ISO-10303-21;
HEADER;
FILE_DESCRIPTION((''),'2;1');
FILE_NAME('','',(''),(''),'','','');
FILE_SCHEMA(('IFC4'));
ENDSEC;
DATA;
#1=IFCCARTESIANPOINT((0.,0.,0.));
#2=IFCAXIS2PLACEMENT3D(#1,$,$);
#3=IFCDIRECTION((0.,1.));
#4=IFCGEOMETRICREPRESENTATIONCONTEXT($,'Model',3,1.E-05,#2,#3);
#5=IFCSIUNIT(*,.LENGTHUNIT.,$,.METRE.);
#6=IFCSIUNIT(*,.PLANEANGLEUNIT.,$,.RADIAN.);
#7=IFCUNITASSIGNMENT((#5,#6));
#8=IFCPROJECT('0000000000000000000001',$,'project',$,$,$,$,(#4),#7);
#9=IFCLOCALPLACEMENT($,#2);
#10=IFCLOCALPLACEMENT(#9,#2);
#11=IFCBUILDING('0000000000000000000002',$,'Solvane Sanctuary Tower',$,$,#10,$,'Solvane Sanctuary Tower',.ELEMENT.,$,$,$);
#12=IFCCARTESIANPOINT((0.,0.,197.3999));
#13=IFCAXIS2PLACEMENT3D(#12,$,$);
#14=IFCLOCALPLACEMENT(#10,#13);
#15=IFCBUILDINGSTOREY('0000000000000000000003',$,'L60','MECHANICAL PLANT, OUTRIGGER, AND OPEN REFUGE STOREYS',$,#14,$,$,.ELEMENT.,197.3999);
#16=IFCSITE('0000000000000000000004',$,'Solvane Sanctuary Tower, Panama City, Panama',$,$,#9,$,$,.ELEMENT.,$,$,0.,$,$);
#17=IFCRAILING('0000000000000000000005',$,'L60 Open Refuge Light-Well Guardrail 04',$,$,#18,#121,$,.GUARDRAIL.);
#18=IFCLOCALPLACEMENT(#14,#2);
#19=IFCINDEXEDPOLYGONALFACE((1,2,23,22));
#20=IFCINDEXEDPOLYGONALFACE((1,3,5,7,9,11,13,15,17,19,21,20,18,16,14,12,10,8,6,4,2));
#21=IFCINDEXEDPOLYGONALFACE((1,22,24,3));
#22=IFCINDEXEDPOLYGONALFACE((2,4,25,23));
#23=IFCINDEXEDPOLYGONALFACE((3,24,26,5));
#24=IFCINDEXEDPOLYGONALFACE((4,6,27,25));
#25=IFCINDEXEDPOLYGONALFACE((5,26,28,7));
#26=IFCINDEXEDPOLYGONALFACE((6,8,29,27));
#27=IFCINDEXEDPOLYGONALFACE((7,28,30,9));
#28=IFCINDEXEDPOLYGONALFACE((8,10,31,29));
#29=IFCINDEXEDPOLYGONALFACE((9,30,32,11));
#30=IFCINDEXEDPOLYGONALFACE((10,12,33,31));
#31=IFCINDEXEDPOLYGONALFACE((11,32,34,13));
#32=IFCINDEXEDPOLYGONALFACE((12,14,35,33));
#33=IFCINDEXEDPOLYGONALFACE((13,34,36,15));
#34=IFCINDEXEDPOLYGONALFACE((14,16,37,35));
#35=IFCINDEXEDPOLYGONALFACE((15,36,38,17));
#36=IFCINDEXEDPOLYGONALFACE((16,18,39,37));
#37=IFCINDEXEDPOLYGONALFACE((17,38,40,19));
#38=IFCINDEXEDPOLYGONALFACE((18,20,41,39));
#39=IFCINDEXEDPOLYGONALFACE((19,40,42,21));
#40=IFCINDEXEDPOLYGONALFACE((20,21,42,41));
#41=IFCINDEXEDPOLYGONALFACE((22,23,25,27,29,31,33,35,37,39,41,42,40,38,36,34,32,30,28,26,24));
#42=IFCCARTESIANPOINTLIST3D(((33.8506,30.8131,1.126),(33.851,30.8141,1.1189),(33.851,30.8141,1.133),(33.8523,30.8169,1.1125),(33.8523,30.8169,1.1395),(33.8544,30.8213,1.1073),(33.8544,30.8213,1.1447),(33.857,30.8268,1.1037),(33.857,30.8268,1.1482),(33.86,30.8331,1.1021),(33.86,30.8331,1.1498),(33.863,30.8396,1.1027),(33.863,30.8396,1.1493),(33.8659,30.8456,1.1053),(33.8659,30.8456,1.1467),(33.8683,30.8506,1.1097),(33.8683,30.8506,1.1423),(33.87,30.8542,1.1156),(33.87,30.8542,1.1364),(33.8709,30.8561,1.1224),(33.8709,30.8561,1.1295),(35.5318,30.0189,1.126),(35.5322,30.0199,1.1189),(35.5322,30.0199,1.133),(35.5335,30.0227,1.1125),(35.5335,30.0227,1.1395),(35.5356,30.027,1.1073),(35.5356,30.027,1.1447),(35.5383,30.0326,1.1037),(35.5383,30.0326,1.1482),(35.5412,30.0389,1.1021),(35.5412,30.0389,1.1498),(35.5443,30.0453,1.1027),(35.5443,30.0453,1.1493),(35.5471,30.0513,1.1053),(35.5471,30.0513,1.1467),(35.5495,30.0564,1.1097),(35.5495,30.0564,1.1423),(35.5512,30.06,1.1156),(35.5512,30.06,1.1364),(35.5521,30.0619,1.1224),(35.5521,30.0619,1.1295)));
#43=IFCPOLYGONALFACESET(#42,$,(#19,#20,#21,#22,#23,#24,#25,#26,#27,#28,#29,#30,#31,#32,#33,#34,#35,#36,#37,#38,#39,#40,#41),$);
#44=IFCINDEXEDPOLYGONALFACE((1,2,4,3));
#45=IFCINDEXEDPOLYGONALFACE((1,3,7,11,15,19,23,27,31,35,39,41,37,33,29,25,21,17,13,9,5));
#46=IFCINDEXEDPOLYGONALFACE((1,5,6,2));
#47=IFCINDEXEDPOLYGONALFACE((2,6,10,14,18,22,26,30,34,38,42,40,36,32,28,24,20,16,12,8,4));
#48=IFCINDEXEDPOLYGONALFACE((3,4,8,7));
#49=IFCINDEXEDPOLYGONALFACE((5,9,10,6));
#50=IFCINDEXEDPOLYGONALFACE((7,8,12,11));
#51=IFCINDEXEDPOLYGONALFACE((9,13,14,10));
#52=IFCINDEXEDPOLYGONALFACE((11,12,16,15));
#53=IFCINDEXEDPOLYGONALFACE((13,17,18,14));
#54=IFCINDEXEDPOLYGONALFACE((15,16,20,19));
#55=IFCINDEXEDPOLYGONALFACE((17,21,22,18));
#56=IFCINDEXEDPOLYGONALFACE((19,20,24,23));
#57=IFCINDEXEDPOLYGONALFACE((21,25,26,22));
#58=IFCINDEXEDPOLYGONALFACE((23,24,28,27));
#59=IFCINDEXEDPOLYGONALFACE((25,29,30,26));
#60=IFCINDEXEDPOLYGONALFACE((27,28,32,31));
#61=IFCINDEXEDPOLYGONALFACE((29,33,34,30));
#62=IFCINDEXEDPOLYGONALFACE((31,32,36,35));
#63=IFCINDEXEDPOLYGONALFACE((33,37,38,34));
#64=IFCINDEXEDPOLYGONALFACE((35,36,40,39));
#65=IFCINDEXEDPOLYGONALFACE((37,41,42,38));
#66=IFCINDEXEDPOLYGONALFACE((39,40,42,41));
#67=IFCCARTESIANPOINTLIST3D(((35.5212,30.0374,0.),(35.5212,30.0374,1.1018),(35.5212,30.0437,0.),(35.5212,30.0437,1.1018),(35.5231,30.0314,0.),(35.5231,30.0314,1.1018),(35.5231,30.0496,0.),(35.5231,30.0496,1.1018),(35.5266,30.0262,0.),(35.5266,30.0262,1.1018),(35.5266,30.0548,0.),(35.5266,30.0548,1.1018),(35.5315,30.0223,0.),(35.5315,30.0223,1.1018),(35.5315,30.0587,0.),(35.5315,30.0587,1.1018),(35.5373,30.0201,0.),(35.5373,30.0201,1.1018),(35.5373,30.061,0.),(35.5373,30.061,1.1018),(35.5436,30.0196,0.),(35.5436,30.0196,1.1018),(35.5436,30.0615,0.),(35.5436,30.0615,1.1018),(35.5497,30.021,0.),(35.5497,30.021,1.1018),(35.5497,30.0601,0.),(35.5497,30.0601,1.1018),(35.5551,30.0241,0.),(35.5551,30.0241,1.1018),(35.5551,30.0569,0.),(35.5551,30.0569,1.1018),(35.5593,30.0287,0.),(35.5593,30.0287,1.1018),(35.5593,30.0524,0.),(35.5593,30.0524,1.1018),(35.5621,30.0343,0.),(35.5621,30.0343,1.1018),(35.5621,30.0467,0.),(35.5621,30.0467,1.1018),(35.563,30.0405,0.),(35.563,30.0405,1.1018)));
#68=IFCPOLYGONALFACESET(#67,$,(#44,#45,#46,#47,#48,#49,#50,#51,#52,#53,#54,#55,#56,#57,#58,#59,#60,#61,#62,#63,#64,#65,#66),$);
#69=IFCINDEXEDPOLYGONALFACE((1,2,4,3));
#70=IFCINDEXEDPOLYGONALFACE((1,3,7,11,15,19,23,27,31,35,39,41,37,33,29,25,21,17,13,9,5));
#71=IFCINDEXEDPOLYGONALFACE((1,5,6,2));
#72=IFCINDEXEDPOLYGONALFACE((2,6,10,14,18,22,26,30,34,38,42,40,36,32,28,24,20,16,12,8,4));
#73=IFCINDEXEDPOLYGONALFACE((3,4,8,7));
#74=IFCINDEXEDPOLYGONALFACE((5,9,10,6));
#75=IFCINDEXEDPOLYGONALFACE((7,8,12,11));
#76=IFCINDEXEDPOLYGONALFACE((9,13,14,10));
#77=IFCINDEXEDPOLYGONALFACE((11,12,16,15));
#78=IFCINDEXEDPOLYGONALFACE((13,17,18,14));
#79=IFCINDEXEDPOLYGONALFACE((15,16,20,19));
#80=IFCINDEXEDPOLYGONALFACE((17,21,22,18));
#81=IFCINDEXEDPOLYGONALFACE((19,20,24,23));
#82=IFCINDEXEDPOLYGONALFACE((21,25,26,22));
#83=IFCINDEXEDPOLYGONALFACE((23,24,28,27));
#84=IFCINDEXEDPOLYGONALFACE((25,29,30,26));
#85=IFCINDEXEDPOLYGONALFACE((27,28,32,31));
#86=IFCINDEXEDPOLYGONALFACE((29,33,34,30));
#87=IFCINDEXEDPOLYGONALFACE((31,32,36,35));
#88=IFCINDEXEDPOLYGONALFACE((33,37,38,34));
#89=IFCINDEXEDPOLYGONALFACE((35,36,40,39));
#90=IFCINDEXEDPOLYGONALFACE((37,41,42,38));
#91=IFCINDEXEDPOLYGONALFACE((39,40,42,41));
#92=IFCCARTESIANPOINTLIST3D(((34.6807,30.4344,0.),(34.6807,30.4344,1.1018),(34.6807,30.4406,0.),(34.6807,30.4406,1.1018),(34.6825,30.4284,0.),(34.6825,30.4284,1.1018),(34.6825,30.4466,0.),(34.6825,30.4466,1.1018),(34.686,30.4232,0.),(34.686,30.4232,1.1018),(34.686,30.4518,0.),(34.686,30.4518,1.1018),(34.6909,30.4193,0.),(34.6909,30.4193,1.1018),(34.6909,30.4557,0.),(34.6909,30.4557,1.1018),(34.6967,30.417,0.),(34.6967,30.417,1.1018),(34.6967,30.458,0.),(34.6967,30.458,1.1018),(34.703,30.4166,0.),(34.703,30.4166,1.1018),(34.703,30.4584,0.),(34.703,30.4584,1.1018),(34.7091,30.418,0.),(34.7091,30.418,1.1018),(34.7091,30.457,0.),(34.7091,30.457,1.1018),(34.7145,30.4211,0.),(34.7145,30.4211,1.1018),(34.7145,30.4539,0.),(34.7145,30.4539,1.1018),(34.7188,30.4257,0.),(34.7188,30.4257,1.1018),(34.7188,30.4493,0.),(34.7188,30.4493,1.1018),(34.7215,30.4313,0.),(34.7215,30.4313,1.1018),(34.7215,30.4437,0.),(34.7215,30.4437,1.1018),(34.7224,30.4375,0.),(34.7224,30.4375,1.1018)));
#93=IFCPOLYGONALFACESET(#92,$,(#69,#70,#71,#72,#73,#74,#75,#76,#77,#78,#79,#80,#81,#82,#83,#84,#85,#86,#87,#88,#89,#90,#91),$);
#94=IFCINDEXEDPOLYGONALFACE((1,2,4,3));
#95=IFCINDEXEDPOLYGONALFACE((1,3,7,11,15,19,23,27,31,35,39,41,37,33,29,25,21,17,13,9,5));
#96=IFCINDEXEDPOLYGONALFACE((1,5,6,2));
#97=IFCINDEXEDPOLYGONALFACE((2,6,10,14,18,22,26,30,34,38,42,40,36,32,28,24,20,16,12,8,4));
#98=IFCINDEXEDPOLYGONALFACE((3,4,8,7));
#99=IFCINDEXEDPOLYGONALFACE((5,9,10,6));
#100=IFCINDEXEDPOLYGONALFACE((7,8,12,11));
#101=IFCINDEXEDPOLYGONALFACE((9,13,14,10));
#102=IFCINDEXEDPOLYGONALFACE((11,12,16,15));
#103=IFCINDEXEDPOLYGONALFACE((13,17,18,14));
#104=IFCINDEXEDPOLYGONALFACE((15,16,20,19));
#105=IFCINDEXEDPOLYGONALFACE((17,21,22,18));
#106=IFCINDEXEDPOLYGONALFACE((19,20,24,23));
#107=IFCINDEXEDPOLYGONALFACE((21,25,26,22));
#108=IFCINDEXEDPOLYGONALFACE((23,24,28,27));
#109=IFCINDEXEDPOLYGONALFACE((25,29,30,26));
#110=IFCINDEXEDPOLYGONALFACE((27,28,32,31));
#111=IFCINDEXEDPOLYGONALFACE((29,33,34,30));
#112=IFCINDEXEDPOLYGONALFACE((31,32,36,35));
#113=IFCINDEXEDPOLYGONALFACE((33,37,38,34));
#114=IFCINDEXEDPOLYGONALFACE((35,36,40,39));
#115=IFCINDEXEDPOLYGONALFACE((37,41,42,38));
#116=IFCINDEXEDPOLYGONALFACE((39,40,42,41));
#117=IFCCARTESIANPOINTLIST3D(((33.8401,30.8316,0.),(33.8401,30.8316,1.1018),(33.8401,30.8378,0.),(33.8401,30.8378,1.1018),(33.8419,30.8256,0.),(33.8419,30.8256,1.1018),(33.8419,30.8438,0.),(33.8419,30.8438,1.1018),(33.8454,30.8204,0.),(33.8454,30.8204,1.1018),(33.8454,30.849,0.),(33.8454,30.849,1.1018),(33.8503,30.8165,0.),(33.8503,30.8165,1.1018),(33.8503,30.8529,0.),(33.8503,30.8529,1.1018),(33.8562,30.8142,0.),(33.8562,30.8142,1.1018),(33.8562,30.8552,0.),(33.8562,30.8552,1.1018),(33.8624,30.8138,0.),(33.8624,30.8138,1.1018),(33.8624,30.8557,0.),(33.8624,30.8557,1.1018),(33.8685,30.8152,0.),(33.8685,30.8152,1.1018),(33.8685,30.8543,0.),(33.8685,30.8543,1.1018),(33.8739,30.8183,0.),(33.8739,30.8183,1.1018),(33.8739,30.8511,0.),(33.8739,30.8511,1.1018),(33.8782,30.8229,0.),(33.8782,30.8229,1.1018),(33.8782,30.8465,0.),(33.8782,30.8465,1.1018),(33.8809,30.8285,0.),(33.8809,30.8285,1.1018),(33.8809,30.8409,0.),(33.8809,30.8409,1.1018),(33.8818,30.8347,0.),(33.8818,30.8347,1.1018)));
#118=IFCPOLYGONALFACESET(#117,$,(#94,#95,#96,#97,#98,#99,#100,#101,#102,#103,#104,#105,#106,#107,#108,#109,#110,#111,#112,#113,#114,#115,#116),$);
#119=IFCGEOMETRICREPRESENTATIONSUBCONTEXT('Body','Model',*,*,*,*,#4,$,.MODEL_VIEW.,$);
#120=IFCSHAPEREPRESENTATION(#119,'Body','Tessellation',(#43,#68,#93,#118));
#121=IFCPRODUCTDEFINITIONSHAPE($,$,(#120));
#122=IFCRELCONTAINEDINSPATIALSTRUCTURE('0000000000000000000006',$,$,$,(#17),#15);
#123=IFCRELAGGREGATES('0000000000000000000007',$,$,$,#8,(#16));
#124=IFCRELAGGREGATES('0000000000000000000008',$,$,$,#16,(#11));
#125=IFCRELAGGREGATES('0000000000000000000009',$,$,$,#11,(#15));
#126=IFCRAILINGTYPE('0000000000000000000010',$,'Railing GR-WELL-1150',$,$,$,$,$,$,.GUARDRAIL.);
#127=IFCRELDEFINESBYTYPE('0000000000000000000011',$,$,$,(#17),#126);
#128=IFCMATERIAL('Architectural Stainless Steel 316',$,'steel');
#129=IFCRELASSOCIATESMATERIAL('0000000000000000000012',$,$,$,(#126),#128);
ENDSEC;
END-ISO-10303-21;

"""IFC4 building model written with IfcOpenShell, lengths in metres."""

from ifc_helpers import new_model, si_unit, direction, frame, origin, origin_2d, place, context, subcontext, project, spatial, circle, extrude, material, type_object, element, save


model = new_model("IFC4")

# Units and contexts
model_context = context("Model", 3, precision=1e-05, world=origin(), true_north=direction((0.0, 1.0)))
body_context = subcontext(model_context, "Body", "Model", "MODEL_VIEW")
ifc_project = project(units=[si_unit("LENGTHUNIT", "METRE"), si_unit("PLANEANGLEUNIT", "RADIAN")], contexts=[model_context])

# Site, building, storey
site_placement = place(None, origin())
site = spatial("IfcSite", under=ifc_project, at=site_placement, Name="Solvane Sanctuary Tower, Panama City, Panama", CompositionType="ELEMENT", RefElevation=0.0)
building_placement = place(site_placement, origin())
building = spatial("IfcBuilding", under=site, at=building_placement, Name="Solvane Sanctuary Tower", LongName="Solvane Sanctuary Tower", CompositionType="ELEMENT")
storey_placement = place(building_placement, frame((0.0, 0.0, 197.3999)))
storey = spatial("IfcBuildingStorey", under=building, at=storey_placement, Name="L60", Description="MECHANICAL PLANT, OUTRIGGER, AND OPEN REFUGE STOREYS", CompositionType="ELEMENT", Elevation=197.3999)

# Shared definitions
ifc_material_1 = material(Name="Architectural Stainless Steel 316", Category="steel")

# Railing
railing_type_1 = type_object("IfcRailingType", Name="Railing GR-WELL-1150", PredefinedType="GUARDRAIL", material=ifc_material_1)
railing_1_placement = place(storey_placement, frame((35.542, 30.0405, 0.0)))
element("IfcRailing", 1, at=railing_1_placement, inside=storey, type_object=railing_type_1, Name="L60 Open Refuge Light-Well Guardrail 04", PredefinedType="GUARDRAIL", context=body_context, shape_type="SweptSolid", body=[
    extrude(circle(Radius=0.0239, at=origin_2d()), frame((0.0, 0.0, 1.126), z_axis=(-0.904184, 0.427143, 0.0), x_axis=(-0.427143, -0.904184, 0.0)), (0.0, 0.0, 1.0), 1.8594),
    extrude(circle(Radius=0.021, at=origin_2d()), origin(), (0.0, 0.0, 1.0), 1.1018),
    extrude(circle(Radius=0.021, at=origin_2d()), frame((-0.8406, 0.397, 0.0)), (0.0, 0.0, 1.0), 1.1018),
    extrude(circle(Radius=0.021, at=origin_2d()), frame((-1.6812, 0.7942, 0.0)), (0.0, 0.0, 1.0), 1.1018),
])

save(model, "model.ifc")
